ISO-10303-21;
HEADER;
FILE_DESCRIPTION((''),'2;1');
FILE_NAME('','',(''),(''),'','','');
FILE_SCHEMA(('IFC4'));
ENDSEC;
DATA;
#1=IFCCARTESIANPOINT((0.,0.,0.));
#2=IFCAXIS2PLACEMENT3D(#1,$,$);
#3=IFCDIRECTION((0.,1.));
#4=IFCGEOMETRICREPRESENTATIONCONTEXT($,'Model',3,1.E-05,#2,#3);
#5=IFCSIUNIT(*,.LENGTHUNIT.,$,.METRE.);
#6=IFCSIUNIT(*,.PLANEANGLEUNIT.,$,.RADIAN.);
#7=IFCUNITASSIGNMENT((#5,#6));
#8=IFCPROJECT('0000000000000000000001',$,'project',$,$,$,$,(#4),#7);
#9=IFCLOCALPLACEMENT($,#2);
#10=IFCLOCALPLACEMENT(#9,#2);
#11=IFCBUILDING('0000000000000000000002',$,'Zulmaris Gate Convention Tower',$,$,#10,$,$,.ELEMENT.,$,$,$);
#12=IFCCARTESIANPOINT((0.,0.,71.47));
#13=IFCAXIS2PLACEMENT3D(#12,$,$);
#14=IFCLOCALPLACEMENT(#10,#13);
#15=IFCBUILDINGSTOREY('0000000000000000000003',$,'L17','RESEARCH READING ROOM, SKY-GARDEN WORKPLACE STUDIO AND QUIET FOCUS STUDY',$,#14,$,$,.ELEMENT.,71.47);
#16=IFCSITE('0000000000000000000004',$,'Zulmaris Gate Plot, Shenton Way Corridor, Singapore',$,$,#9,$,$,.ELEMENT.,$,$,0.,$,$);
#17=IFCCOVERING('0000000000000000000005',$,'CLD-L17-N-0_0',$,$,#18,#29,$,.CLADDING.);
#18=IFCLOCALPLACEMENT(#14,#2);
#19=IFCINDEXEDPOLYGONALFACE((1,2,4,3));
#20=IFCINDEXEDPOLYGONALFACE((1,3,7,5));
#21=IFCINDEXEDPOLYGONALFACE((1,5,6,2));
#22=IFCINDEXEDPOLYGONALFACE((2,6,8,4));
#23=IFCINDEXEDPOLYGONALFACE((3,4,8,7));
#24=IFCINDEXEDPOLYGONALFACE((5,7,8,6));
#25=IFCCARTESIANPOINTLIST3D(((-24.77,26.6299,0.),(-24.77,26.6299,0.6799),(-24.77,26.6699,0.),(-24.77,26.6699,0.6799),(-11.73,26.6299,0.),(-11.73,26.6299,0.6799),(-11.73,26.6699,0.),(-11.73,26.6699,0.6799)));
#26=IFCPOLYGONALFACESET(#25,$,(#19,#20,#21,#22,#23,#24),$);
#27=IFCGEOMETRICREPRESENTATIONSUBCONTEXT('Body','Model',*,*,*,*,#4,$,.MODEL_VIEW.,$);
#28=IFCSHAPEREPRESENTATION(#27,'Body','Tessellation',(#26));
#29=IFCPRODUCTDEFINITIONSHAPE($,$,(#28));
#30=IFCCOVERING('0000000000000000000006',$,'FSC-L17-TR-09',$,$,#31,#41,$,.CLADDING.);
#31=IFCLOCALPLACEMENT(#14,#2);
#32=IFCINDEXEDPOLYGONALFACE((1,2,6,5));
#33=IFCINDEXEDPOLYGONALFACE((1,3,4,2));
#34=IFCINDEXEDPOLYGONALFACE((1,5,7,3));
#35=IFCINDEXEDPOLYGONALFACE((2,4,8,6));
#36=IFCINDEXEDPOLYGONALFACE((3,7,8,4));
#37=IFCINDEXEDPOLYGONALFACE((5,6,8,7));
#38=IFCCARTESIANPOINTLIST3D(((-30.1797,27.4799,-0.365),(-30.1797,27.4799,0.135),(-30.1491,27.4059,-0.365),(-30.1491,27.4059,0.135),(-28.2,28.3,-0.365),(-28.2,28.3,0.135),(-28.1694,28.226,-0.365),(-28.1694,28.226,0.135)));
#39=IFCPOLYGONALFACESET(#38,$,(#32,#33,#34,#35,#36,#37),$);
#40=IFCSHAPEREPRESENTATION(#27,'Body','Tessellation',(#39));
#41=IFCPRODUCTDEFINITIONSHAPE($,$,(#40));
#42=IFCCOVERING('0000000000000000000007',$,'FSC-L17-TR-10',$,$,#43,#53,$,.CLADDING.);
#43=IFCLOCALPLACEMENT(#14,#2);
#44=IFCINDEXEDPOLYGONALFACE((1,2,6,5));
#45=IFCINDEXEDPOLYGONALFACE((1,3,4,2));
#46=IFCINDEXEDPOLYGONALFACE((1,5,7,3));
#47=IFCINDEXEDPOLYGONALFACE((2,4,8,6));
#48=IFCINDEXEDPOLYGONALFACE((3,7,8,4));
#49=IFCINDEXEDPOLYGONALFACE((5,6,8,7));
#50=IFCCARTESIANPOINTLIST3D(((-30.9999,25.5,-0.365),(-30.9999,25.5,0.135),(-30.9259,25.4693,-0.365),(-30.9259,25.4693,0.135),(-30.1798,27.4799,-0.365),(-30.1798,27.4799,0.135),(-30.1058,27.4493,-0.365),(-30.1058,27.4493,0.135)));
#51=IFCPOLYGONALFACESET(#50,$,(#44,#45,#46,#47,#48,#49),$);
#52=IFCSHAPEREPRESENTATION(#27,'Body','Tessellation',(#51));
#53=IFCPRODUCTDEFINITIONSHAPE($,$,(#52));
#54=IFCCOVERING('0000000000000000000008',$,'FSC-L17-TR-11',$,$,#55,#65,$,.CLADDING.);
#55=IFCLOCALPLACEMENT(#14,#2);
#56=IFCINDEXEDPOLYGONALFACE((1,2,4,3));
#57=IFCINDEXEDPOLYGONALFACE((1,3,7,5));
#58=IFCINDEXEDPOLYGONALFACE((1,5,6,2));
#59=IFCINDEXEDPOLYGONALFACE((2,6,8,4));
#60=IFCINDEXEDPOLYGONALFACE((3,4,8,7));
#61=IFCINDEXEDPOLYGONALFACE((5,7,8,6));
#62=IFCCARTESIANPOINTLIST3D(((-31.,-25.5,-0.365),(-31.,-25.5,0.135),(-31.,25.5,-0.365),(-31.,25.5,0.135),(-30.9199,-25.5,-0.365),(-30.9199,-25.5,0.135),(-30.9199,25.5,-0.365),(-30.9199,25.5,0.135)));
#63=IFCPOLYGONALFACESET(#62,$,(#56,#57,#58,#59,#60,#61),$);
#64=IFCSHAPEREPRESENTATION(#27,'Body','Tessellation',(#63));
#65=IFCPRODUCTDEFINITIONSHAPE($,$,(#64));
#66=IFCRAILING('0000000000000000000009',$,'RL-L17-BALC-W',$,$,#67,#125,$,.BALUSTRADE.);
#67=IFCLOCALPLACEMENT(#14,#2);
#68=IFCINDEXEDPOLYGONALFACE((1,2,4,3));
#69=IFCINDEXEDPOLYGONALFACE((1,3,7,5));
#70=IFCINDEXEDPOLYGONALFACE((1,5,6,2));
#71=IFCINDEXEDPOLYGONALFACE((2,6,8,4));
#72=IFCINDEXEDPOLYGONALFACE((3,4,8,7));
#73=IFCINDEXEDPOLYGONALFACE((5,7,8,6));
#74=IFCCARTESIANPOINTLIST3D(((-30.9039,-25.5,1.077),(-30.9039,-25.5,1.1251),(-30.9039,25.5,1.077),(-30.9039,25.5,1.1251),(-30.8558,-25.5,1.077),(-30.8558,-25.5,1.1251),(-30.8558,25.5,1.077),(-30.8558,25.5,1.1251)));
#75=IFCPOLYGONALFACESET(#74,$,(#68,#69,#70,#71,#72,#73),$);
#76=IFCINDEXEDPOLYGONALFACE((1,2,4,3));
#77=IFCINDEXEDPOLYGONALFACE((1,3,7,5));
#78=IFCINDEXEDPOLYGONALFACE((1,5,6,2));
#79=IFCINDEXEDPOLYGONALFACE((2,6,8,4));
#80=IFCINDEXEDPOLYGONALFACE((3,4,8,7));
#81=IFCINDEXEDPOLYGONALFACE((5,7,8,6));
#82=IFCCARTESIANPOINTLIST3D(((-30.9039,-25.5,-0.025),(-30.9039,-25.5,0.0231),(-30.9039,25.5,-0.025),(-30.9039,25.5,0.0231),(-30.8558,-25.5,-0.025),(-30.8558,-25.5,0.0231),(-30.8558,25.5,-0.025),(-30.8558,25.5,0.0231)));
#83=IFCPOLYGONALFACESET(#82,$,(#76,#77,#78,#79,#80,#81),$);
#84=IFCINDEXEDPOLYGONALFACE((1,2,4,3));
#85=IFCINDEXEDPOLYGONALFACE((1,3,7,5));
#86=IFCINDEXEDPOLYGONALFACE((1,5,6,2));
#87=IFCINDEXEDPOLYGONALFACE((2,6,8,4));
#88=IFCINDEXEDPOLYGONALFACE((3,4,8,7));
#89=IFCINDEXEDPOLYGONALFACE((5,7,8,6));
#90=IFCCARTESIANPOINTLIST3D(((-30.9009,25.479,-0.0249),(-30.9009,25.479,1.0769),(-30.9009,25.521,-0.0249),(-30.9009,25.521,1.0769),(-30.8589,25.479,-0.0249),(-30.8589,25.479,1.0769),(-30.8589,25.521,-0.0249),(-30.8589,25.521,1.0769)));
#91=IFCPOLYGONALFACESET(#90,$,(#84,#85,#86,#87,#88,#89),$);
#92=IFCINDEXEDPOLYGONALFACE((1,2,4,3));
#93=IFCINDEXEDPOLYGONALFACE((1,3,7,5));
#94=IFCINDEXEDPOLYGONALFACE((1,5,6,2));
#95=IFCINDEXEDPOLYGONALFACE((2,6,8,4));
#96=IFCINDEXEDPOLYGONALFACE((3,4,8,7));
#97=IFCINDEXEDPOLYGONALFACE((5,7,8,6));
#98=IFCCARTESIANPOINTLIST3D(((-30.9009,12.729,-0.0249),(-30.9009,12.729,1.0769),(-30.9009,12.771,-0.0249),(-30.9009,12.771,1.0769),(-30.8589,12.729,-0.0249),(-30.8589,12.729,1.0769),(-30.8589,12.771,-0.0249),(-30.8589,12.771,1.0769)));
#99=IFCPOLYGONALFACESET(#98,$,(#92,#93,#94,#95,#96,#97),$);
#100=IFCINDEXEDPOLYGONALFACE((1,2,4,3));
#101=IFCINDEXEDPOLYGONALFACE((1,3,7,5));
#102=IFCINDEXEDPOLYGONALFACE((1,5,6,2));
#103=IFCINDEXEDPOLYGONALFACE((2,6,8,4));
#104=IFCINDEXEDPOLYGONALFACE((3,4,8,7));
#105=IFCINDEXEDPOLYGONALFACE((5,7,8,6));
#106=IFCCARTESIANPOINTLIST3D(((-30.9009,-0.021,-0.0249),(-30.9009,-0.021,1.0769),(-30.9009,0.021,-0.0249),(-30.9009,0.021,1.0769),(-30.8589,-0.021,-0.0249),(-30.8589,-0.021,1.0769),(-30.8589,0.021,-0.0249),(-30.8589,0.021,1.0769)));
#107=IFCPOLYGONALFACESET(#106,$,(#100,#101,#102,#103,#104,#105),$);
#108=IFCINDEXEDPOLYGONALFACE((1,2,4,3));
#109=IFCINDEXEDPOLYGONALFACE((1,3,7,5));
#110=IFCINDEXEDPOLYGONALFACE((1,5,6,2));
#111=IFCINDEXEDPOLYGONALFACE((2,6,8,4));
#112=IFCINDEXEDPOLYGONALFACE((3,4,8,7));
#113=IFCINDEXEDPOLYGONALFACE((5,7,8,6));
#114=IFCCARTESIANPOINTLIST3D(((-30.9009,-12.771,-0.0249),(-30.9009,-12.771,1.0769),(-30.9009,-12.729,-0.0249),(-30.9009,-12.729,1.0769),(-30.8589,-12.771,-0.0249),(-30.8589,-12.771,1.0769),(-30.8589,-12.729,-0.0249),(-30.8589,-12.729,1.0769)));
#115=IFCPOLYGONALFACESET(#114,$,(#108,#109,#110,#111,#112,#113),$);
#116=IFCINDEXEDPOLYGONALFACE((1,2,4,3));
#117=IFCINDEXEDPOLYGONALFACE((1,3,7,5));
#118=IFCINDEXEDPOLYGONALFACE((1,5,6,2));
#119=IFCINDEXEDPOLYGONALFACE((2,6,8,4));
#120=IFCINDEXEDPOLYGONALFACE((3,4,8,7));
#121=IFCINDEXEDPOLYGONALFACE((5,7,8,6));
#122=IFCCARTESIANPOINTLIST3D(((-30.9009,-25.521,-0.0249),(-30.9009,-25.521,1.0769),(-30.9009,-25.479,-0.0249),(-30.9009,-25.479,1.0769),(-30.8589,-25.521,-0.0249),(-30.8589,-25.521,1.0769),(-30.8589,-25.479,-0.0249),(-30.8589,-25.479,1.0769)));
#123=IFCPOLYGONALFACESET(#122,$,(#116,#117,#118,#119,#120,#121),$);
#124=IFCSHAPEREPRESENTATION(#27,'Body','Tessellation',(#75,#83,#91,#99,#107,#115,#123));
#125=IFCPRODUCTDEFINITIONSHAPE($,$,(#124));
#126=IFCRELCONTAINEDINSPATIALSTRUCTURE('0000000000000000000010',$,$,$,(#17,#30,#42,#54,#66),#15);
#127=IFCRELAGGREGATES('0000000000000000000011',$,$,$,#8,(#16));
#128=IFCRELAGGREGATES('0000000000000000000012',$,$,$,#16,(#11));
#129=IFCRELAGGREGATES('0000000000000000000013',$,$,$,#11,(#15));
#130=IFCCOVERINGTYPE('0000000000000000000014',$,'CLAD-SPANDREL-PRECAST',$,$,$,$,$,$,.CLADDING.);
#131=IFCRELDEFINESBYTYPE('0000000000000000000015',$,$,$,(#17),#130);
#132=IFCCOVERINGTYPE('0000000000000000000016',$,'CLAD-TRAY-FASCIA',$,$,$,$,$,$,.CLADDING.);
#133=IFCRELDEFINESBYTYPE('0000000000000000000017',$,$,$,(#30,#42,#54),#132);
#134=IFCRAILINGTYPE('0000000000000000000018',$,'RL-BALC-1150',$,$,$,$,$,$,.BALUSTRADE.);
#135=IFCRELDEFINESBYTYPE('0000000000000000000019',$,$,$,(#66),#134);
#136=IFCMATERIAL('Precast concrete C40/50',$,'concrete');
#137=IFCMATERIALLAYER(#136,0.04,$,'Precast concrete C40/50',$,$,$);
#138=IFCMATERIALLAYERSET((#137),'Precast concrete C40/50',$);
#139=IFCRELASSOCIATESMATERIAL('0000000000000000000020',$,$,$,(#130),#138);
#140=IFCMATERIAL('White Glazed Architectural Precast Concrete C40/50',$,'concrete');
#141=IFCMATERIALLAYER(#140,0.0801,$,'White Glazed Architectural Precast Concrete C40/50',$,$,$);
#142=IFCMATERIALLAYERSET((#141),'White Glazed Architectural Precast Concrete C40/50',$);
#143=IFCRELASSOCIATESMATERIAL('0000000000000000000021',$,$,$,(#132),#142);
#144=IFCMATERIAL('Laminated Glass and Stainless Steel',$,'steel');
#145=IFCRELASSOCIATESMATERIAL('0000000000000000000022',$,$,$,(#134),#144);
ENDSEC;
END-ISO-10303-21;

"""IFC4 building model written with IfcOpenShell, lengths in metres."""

from ifc_helpers import new_model, si_unit, direction, frame, frame_2d, origin, origin_2d, place, context, subcontext, project, spatial, rectangle, extrude, material, layer, layer_set, type_object, element, save


model = new_model("IFC4")

# Units and contexts
model_context = context("Model", 3, precision=1e-05, world=origin(), true_north=direction((0.0, 1.0)))
body_context = subcontext(model_context, "Body", "Model", "MODEL_VIEW")
ifc_project = project(units=[si_unit("LENGTHUNIT", "METRE"), si_unit("PLANEANGLEUNIT", "RADIAN")], contexts=[model_context])

# Site, building, storey
site_placement = place(None, origin())
site = spatial("IfcSite", under=ifc_project, at=site_placement, Name="Zulmaris Gate Plot, Shenton Way Corridor, Singapore", CompositionType="ELEMENT", RefElevation=0.0)
building_placement = place(site_placement, origin())
building = spatial("IfcBuilding", under=site, at=building_placement, Name="Zulmaris Gate Convention Tower", CompositionType="ELEMENT")
storey_placement = place(building_placement, frame((0.0, 0.0, 71.47)))
storey = spatial("IfcBuildingStorey", under=building, at=storey_placement, Name="L17", Description="RESEARCH READING ROOM, SKY-GARDEN WORKPLACE STUDIO AND QUIET FOCUS STUDY", CompositionType="ELEMENT", Elevation=71.47)

# Shared definitions
ifc_material_1 = material(Name="Precast concrete C40/50", Category="concrete")

# Coverings
ifc_layer_1 = layer(ifc_material_1, 0.04, Name="Precast concrete C40/50")
ifc_layer_set_1 = layer_set([ifc_layer_1], Name="Precast concrete C40/50")
covering_type_1 = type_object("IfcCoveringType", Name="CLAD-SPANDREL-PRECAST", PredefinedType="CLADDING", material=ifc_layer_set_1)
covering_1_placement = place(storey_placement, frame((-11.73, 26.6499, 0.0), z_axis=(0.0, 0.0, 1.0), x_axis=(-1.0, 0.0, 0.0)))
element("IfcCovering", 1, at=covering_1_placement, inside=storey, type_object=covering_type_1, Name="CLD-L17-N-0_0", PredefinedType="CLADDING", context=body_context, shape_type="SweptSolid", body=[
    extrude(rectangle(XDim=13.04, YDim=0.04, at=frame_2d((6.52, 0.0))), origin(), (0.0, 0.0, 1.0), 0.6799),
])
ifc_material_2 = material(Name="White Glazed Architectural Precast Concrete C40/50", Category="concrete")
ifc_layer_2 = layer(ifc_material_2, 0.0801, Name="White Glazed Architectural Precast Concrete C40/50")
ifc_layer_set_2 = layer_set([ifc_layer_2], Name="White Glazed Architectural Precast Concrete C40/50")
covering_type_2 = type_object("IfcCoveringType", Name="CLAD-TRAY-FASCIA", PredefinedType="CLADDING", material=ifc_layer_set_2)
covering_2_placement = place(storey_placement, frame((-28.1848, 28.2629, -0.365), z_axis=(0.0, 0.0, 1.0), x_axis=(-0.923874, -0.382697, 0.0)))
element("IfcCovering", 2, at=covering_2_placement, inside=storey, type_object=covering_type_2, Name="FSC-L17-TR-09", PredefinedType="CLADDING", context=body_context, shape_type="SweptSolid", body=[
    extrude(rectangle(XDim=2.1428, YDim=0.0801, at=frame_2d((1.0713, 0.0))), origin(), (0.0, 0.0, 1.0), 0.5),
])
covering_3_placement = place(storey_placement, frame((-30.1428, 27.4646, -0.365), z_axis=(0.0, 0.0, 1.0), x_axis=(-0.382657, -0.92389, 0.0)))
element("IfcCovering", 3, at=covering_3_placement, inside=storey, type_object=covering_type_2, Name="FSC-L17-TR-10", PredefinedType="CLADDING", context=body_context, shape_type="SweptSolid", body=[
    extrude(rectangle(XDim=2.1431, YDim=0.0801, at=frame_2d((1.0715, 0.0))), origin(), (0.0, 0.0, 1.0), 0.5),
])
covering_4_placement = place(storey_placement, frame((-30.96, 25.5, -0.365), z_axis=(0.0, 0.0, 1.0), x_axis=(0.0, -1.0, 0.0)))
element("IfcCovering", 4, at=covering_4_placement, inside=storey, type_object=covering_type_2, Name="FSC-L17-TR-11", PredefinedType="CLADDING", context=body_context, shape_type="SweptSolid", body=[
    extrude(rectangle(XDim=51.0, YDim=0.0801, at=frame_2d((25.5, 0.0))), origin(), (0.0, 0.0, 1.0), 0.5),
])

# Railing
ifc_material_3 = material(Name="Laminated Glass and Stainless Steel", Category="steel")
railing_type = type_object("IfcRailingType", Name="RL-BALC-1150", PredefinedType="BALUSTRADE", material=ifc_material_3)
railing_placement = place(storey_placement, frame((-30.8799, 25.5, -0.0249)))
element("IfcRailing", 5, at=railing_placement, inside=storey, type_object=railing_type, Name="RL-L17-BALC-W", PredefinedType="BALUSTRADE", context=body_context, shape_type="SweptSolid", body=[
    extrude(rectangle(XDim=0.0481, YDim=0.0481, at=origin_2d()), frame((0.0, 0.0, 1.126), z_axis=(0.0, -1.0, 0.0), x_axis=(1.0, 0.0, 0.0)), (0.0, 0.0, 1.0), 51.0),
    extrude(rectangle(XDim=0.0481, YDim=0.0481, at=origin_2d()), frame((0.0, 0.0, 0.0239), z_axis=(0.0, -1.0, 0.0), x_axis=(1.0, 0.0, 0.0)), (0.0, 0.0, 1.0), 51.0),
    extrude(rectangle(XDim=0.042, YDim=0.042, at=origin_2d()), origin(), (0.0, 0.0, 1.0), 1.1018),
    extrude(rectangle(XDim=0.042, YDim=0.042, at=origin_2d()), frame((0.0, -12.75, 0.0)), (0.0, 0.0, 1.0), 1.1018),
    extrude(rectangle(XDim=0.042, YDim=0.042, at=origin_2d()), frame((0.0, -25.5, 0.0)), (0.0, 0.0, 1.0), 1.1018),
    extrude(rectangle(XDim=0.042, YDim=0.042, at=origin_2d()), frame((0.0, -38.25, 0.0)), (0.0, 0.0, 1.0), 1.1018),
    extrude(rectangle(XDim=0.042, YDim=0.042, at=origin_2d()), frame((0.0, -51.0, 0.0)), (0.0, 0.0, 1.0), 1.1018),
])

save(model, "model.ifc")
